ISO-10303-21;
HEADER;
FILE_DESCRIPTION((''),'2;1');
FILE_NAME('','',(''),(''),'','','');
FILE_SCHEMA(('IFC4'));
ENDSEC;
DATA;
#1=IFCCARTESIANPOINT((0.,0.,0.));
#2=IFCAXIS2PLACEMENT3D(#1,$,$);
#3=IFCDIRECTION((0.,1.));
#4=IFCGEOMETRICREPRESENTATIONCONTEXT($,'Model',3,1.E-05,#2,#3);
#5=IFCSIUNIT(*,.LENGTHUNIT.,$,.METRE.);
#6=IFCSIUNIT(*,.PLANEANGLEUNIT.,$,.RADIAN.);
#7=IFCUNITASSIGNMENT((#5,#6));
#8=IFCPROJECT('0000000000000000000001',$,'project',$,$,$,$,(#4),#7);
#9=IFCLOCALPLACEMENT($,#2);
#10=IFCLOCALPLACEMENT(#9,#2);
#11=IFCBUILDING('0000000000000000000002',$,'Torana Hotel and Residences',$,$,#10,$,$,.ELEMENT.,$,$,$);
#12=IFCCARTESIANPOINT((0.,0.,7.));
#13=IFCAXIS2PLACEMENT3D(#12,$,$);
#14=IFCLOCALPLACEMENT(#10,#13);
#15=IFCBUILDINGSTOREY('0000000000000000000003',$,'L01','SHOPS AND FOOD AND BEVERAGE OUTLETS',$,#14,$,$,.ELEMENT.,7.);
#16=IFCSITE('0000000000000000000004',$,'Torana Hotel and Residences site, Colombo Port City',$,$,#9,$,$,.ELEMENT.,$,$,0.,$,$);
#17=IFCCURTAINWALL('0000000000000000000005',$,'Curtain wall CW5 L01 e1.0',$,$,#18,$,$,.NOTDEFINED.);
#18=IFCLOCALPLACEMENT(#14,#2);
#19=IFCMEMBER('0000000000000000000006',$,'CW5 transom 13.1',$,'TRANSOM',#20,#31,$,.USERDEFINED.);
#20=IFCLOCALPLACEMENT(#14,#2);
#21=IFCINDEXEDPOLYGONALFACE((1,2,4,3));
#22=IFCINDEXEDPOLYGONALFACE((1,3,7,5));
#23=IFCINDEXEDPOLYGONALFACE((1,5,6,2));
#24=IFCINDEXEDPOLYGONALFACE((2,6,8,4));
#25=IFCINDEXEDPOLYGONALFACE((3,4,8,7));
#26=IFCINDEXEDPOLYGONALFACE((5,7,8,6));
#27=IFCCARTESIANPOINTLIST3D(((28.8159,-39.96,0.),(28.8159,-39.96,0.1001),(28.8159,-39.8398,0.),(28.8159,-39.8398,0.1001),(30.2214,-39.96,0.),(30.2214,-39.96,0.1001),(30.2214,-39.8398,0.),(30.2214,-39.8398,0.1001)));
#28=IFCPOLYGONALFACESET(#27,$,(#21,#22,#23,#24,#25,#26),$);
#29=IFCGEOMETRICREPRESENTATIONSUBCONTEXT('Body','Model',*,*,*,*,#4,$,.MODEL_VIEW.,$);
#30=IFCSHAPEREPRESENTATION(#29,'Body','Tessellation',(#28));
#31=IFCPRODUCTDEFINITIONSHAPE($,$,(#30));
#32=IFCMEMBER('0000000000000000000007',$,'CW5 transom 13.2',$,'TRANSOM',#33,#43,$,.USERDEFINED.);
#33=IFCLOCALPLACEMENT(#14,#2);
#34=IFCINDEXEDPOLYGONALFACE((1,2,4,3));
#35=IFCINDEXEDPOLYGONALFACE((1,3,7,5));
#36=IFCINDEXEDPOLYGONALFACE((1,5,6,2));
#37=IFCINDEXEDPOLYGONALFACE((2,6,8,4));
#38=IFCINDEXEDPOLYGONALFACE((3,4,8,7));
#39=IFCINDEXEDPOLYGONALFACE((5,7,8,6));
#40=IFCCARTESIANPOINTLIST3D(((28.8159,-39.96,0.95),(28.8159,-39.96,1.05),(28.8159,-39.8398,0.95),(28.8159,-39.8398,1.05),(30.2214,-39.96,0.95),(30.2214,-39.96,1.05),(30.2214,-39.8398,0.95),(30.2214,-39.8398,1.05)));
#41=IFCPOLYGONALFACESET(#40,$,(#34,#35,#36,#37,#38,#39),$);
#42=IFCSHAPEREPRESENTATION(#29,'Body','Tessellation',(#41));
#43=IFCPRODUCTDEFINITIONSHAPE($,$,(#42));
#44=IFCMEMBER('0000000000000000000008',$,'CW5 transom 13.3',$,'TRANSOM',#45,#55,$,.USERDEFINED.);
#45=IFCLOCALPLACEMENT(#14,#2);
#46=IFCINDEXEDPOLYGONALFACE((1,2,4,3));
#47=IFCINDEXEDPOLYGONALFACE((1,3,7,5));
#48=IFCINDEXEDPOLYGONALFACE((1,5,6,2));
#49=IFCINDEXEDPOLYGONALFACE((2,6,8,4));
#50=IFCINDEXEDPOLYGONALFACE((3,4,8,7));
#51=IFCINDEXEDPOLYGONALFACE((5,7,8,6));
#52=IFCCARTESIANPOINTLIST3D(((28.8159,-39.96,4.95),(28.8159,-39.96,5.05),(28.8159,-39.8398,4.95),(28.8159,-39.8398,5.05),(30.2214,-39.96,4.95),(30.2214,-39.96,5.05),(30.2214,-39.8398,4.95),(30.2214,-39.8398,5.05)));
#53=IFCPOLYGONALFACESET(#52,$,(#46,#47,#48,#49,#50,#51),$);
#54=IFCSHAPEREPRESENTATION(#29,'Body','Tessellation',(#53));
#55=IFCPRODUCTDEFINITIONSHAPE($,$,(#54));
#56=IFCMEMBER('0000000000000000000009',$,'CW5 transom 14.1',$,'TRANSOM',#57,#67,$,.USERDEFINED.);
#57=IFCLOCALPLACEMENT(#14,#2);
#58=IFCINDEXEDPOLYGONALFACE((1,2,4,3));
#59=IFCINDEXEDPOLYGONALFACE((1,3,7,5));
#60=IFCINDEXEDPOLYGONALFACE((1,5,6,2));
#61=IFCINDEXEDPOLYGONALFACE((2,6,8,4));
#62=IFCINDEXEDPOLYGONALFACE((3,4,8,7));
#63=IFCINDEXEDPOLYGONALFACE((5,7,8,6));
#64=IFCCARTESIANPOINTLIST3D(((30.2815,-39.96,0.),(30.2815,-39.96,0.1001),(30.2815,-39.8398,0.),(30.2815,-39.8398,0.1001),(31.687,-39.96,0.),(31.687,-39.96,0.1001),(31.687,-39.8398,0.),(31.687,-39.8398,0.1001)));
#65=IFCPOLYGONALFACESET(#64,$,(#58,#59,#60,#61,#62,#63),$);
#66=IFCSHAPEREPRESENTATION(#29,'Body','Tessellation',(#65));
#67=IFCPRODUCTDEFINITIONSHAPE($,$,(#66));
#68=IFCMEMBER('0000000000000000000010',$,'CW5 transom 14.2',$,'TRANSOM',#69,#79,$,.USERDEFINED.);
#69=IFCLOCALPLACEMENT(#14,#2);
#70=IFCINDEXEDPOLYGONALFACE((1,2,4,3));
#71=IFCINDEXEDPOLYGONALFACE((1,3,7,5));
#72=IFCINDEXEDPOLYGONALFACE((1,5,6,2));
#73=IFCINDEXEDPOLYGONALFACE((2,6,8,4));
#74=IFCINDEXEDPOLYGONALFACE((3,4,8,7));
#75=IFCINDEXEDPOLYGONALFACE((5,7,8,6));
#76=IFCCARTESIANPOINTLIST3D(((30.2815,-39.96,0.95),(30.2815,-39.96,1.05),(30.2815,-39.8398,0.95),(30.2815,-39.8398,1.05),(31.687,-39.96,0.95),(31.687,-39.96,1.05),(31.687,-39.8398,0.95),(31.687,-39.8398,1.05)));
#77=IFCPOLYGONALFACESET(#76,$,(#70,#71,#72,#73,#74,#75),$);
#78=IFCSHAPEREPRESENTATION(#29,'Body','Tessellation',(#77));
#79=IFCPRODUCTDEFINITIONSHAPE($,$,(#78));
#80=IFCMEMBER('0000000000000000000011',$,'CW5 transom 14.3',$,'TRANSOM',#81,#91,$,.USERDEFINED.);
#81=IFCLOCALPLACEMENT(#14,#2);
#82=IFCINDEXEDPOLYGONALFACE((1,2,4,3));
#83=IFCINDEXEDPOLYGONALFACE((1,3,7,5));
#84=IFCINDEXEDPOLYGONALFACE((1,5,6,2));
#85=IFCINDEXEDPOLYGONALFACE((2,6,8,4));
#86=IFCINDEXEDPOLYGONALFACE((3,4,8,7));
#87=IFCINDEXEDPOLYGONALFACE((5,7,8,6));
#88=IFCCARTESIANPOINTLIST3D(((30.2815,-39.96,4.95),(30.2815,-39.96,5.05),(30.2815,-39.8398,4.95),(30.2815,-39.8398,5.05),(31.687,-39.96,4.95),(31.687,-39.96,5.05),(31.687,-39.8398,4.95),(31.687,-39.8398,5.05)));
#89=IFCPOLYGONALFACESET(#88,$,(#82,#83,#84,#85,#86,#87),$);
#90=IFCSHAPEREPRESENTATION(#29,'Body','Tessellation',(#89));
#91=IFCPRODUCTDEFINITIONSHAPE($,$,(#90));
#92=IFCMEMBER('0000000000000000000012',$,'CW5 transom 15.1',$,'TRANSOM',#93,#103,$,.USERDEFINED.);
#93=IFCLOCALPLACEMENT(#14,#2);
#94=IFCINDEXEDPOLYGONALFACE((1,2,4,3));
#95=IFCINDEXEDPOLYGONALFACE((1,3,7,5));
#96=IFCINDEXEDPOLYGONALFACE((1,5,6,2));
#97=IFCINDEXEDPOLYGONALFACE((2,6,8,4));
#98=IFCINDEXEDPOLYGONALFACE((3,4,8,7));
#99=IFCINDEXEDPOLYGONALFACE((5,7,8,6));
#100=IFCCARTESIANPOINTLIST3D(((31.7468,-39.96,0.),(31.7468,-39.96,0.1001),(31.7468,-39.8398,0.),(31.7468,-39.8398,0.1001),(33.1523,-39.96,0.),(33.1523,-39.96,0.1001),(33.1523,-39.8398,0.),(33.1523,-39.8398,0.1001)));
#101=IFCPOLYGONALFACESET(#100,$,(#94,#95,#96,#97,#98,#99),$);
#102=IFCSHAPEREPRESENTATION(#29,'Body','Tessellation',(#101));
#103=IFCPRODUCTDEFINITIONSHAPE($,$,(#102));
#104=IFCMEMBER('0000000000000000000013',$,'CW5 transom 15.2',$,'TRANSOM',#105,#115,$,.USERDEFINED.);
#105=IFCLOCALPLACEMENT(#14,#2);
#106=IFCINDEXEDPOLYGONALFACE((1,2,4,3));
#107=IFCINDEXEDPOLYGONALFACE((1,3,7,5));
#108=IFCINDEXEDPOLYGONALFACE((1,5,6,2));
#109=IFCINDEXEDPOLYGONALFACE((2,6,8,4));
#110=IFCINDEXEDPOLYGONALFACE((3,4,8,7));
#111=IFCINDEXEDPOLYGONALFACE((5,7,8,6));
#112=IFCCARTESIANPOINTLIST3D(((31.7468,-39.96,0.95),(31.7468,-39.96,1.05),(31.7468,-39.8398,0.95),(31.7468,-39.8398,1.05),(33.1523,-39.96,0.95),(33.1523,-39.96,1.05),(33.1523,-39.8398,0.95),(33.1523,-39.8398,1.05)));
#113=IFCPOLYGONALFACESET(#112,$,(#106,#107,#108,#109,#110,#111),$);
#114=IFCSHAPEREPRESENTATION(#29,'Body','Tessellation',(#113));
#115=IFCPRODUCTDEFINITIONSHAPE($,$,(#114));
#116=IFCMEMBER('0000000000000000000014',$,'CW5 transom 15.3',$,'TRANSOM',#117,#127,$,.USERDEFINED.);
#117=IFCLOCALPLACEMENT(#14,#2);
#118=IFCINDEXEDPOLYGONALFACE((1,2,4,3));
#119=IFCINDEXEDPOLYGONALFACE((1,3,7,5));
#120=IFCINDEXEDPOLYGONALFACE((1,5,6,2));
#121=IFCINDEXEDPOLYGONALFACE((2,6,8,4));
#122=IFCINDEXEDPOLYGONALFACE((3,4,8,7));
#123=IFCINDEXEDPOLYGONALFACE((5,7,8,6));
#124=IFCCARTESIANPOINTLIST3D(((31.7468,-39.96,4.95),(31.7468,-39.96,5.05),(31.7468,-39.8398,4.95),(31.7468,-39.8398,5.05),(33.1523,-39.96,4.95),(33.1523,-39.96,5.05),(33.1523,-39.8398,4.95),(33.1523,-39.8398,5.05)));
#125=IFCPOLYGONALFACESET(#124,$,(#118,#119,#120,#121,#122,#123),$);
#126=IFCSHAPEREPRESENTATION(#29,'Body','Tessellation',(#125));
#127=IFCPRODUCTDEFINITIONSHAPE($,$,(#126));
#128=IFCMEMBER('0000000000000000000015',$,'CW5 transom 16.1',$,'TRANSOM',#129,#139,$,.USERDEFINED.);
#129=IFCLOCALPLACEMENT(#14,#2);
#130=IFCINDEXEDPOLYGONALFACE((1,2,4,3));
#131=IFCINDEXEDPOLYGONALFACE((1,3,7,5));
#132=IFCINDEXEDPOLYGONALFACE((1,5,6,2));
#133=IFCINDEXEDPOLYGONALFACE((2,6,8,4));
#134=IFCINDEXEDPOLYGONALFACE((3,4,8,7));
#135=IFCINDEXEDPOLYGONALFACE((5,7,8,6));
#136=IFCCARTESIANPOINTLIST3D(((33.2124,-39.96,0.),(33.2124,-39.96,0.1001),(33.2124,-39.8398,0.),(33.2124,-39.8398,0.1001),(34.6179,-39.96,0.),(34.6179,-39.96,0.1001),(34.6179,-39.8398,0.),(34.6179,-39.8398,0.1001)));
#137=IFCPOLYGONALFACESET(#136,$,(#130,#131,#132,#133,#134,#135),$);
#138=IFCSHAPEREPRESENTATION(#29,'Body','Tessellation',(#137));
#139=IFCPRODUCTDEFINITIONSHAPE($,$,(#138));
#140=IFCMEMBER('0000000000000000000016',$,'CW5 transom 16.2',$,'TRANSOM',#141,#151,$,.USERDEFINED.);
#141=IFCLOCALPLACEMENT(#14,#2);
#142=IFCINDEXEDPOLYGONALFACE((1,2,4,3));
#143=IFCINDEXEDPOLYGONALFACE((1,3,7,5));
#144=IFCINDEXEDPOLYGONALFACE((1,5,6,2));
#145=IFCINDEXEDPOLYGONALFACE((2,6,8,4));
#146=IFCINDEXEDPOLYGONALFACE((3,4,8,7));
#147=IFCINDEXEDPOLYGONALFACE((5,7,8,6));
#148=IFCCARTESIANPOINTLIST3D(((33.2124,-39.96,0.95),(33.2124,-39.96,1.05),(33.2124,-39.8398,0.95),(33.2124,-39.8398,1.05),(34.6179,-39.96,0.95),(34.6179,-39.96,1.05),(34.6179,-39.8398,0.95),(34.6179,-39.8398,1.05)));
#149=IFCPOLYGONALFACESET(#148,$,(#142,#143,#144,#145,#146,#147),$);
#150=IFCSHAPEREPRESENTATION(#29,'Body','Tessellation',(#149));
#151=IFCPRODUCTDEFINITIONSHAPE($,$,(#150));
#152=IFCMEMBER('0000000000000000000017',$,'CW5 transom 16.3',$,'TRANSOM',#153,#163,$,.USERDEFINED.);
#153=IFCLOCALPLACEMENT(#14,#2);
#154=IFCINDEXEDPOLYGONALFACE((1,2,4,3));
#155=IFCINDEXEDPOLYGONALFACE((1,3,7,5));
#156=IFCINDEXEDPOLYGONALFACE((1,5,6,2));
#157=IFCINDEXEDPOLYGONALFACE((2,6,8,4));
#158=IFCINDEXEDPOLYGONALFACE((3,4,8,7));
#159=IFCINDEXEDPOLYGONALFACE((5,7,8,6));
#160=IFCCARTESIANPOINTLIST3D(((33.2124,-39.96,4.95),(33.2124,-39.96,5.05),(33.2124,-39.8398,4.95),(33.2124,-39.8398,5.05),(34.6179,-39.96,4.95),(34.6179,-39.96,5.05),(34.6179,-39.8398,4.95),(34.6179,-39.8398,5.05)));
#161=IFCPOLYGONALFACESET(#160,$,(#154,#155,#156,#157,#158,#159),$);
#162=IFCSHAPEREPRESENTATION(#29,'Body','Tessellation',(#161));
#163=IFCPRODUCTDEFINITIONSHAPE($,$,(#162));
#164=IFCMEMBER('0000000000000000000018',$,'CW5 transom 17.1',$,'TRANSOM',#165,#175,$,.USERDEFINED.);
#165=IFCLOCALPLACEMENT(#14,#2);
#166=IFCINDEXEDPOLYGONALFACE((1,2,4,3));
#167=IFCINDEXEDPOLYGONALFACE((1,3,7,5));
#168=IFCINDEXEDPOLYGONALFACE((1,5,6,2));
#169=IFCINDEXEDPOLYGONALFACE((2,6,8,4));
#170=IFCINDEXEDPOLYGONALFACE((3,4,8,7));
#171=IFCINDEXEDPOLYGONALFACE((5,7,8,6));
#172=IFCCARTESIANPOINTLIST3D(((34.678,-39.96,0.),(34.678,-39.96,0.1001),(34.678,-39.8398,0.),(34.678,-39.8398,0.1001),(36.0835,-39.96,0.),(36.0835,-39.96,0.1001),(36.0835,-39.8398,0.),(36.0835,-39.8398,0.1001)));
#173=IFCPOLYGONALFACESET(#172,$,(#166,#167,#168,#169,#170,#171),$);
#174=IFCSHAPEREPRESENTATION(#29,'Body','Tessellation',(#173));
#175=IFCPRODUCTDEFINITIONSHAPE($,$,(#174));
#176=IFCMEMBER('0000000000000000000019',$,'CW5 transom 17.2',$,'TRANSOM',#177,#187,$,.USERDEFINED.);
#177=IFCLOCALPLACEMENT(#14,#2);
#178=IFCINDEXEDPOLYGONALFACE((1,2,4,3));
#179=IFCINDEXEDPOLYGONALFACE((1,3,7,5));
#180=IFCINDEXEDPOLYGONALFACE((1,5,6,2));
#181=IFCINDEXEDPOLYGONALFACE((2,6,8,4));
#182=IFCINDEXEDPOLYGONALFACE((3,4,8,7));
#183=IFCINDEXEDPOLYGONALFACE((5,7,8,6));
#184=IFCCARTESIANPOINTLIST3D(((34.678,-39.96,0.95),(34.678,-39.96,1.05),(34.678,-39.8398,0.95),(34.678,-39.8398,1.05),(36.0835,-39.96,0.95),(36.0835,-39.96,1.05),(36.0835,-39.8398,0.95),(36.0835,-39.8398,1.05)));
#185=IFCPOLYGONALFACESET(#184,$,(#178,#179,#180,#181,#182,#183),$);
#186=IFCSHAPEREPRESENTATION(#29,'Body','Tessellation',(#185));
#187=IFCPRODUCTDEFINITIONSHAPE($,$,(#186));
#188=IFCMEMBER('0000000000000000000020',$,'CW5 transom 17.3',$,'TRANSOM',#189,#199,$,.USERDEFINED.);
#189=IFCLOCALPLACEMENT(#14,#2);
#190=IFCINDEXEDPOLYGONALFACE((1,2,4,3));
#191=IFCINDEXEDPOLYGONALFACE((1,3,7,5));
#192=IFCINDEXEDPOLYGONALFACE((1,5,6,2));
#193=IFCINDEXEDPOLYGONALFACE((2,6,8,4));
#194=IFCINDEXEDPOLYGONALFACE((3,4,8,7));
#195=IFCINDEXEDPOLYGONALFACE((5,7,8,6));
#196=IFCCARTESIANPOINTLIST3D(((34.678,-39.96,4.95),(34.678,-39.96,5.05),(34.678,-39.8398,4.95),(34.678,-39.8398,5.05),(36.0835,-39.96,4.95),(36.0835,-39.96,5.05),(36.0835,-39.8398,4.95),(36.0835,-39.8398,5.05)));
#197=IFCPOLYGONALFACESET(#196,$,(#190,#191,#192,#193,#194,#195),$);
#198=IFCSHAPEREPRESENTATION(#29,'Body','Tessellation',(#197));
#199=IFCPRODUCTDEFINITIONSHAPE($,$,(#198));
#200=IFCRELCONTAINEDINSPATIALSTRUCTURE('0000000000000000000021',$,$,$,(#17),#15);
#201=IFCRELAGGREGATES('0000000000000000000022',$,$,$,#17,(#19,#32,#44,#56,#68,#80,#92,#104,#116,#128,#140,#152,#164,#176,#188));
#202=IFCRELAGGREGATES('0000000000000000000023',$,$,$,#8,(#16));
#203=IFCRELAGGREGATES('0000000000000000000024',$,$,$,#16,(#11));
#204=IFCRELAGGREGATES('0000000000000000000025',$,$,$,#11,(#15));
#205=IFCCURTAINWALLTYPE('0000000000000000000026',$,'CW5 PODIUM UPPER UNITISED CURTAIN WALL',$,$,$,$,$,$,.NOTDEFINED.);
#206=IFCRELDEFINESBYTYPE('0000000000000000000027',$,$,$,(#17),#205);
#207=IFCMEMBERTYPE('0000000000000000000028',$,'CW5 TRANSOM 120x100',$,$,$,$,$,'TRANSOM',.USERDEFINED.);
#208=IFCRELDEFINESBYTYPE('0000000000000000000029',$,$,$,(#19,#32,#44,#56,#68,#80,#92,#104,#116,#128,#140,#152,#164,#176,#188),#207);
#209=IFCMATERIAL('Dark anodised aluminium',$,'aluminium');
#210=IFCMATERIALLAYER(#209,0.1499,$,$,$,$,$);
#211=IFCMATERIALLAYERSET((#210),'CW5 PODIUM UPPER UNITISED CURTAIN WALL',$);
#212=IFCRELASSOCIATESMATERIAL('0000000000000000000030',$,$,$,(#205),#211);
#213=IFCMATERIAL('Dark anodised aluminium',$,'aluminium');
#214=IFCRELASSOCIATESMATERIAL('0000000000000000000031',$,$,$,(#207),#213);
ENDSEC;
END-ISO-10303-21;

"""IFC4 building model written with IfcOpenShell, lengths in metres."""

from ifc_helpers import new_model, si_unit, direction, frame, origin, origin_2d, place, context, subcontext, project, spatial, rectangle, extrude, material, layer, layer_set, material_profile, profile_set, type_object, element, aggregate, save


model = new_model("IFC4")

# Units and contexts
model_context = context("Model", 3, precision=1e-05, world=origin(), true_north=direction((0.0, 1.0)))
body_context = subcontext(model_context, "Body", "Model", "MODEL_VIEW")
ifc_project = project(units=[si_unit("LENGTHUNIT", "METRE"), si_unit("PLANEANGLEUNIT", "RADIAN")], contexts=[model_context])

# Site, building, storey
site_placement = place(None, origin())
site = spatial("IfcSite", under=ifc_project, at=site_placement, Name="Torana Hotel and Residences site, Colombo Port City", CompositionType="ELEMENT", RefElevation=0.0)
building_placement = place(site_placement, origin())
building = spatial("IfcBuilding", under=site, at=building_placement, Name="Torana Hotel and Residences", CompositionType="ELEMENT")
storey_placement = place(building_placement, frame((0.0, 0.0, 7.0)))
storey = spatial("IfcBuildingStorey", under=building, at=storey_placement, Name="L01", Description="SHOPS AND FOOD AND BEVERAGE OUTLETS", CompositionType="ELEMENT", Elevation=7.0)

# Curtain wall, members
ifc_material_1 = material(Name="Dark anodised aluminium", Category="aluminium")
ifc_layer_1 = layer(ifc_material_1, 0.1499)
ifc_layer_set_1 = layer_set([ifc_layer_1], Name="CW5 PODIUM UPPER UNITISED CURTAIN WALL")
curtain_wall_type = type_object("IfcCurtainWallType", Name="CW5 PODIUM UPPER UNITISED CURTAIN WALL", PredefinedType="NOTDEFINED", material=ifc_layer_set_1)
curtain_wall_placement = place(storey_placement, origin())
curtain_wall = element("IfcCurtainWall", 1, at=curtain_wall_placement, inside=storey, type_object=curtain_wall_type, Name="Curtain wall CW5 L01 e1.0", PredefinedType="NOTDEFINED")
ifc_material_2 = material(Name="Dark anodised aluminium", Category="aluminium")
ifc_material_profile_1 = material_profile(ifc_material_2, rectangle(XDim=0.1201, YDim=0.1001, at=origin_2d()), Name="CW5 TRANSOM 120x100")
ifc_profile_set_1 = profile_set([ifc_material_profile_1], Name="Dark anodised aluminium")
member_type_1 = type_object("IfcMemberType", Name="CW5 TRANSOM 120x100", ElementType="TRANSOM", PredefinedType="USERDEFINED", material=ifc_profile_set_1)
member_1_placement = place(storey_placement, frame((28.8159, -39.8999, 0.05), z_axis=(1.0, 0.0, 0.0), x_axis=(0.0, 1.0, 0.0)))
member_1 = element("IfcMember", 2, at=member_1_placement, type_object=member_type_1, Name="CW5 transom 13.1", ObjectType="TRANSOM", PredefinedType="USERDEFINED", context=body_context, shape_type="SweptSolid", body=[
    extrude(rectangle(XDim=0.1201, YDim=0.1001, at=origin_2d()), origin(), (0.0, 0.0, 1.0), 1.4055),
])
member_2_placement = place(storey_placement, frame((28.8159, -39.8999, 1.0), z_axis=(1.0, 0.0, 0.0), x_axis=(0.0, 1.0, 0.0)))
member_2 = element("IfcMember", 3, at=member_2_placement, type_object=member_type_1, Name="CW5 transom 13.2", ObjectType="TRANSOM", PredefinedType="USERDEFINED", context=body_context, shape_type="SweptSolid", body=[
    extrude(rectangle(XDim=0.1201, YDim=0.1001, at=origin_2d()), origin(), (0.0, 0.0, 1.0), 1.4055),
])
member_3_placement = place(storey_placement, frame((28.8159, -39.8999, 5.0), z_axis=(1.0, 0.0, 0.0), x_axis=(0.0, 1.0, 0.0)))
member_3 = element("IfcMember", 4, at=member_3_placement, type_object=member_type_1, Name="CW5 transom 13.3", ObjectType="TRANSOM", PredefinedType="USERDEFINED", context=body_context, shape_type="SweptSolid", body=[
    extrude(rectangle(XDim=0.1201, YDim=0.1001, at=origin_2d()), origin(), (0.0, 0.0, 1.0), 1.4055),
])
member_4_placement = place(storey_placement, frame((30.2815, -39.8999, 0.05), z_axis=(1.0, 0.0, 0.0), x_axis=(0.0, 1.0, 0.0)))
member_4 = element("IfcMember", 5, at=member_4_placement, type_object=member_type_1, Name="CW5 transom 14.1", ObjectType="TRANSOM", PredefinedType="USERDEFINED", context=body_context, shape_type="SweptSolid", body=[
    extrude(rectangle(XDim=0.1201, YDim=0.1001, at=origin_2d()), origin(), (0.0, 0.0, 1.0), 1.4055),
])
member_5_placement = place(storey_placement, frame((30.2815, -39.8999, 1.0), z_axis=(1.0, 0.0, 0.0), x_axis=(0.0, 1.0, 0.0)))
member_5 = element("IfcMember", 6, at=member_5_placement, type_object=member_type_1, Name="CW5 transom 14.2", ObjectType="TRANSOM", PredefinedType="USERDEFINED", context=body_context, shape_type="SweptSolid", body=[
    extrude(rectangle(XDim=0.1201, YDim=0.1001, at=origin_2d()), origin(), (0.0, 0.0, 1.0), 1.4055),
])
member_6_placement = place(storey_placement, frame((30.2815, -39.8999, 5.0), z_axis=(1.0, 0.0, 0.0), x_axis=(0.0, 1.0, 0.0)))
member_6 = element("IfcMember", 7, at=member_6_placement, type_object=member_type_1, Name="CW5 transom 14.3", ObjectType="TRANSOM", PredefinedType="USERDEFINED", context=body_context, shape_type="SweptSolid", body=[
    extrude(rectangle(XDim=0.1201, YDim=0.1001, at=origin_2d()), origin(), (0.0, 0.0, 1.0), 1.4055),
])
member_7_placement = place(storey_placement, frame((31.7468, -39.8999, 0.05), z_axis=(1.0, 0.0, 0.0), x_axis=(0.0, 1.0, 0.0)))
member_7 = element("IfcMember", 8, at=member_7_placement, type_object=member_type_1, Name="CW5 transom 15.1", ObjectType="TRANSOM", PredefinedType="USERDEFINED", context=body_context, shape_type="SweptSolid", body=[
    extrude(rectangle(XDim=0.1201, YDim=0.1001, at=origin_2d()), origin(), (0.0, 0.0, 1.0), 1.4055),
])
member_8_placement = place(storey_placement, frame((31.7468, -39.8999, 1.0), z_axis=(1.0, 0.0, 0.0), x_axis=(0.0, 1.0, 0.0)))
member_8 = element("IfcMember", 9, at=member_8_placement, type_object=member_type_1, Name="CW5 transom 15.2", ObjectType="TRANSOM", PredefinedType="USERDEFINED", context=body_context, shape_type="SweptSolid", body=[
    extrude(rectangle(XDim=0.1201, YDim=0.1001, at=origin_2d()), origin(), (0.0, 0.0, 1.0), 1.4055),
])
member_9_placement = place(storey_placement, frame((31.7468, -39.8999, 5.0), z_axis=(1.0, 0.0, 0.0), x_axis=(0.0, 1.0, 0.0)))
member_9 = element("IfcMember", 10, at=member_9_placement, type_object=member_type_1, Name="CW5 transom 15.3", ObjectType="TRANSOM", PredefinedType="USERDEFINED", context=body_context, shape_type="SweptSolid", body=[
    extrude(rectangle(XDim=0.1201, YDim=0.1001, at=origin_2d()), origin(), (0.0, 0.0, 1.0), 1.4055),
])
member_10_placement = place(storey_placement, frame((33.2124, -39.8999, 0.05), z_axis=(1.0, 0.0, 0.0), x_axis=(0.0, 1.0, 0.0)))
member_10 = element("IfcMember", 11, at=member_10_placement, type_object=member_type_1, Name="CW5 transom 16.1", ObjectType="TRANSOM", PredefinedType="USERDEFINED", context=body_context, shape_type="SweptSolid", body=[
    extrude(rectangle(XDim=0.1201, YDim=0.1001, at=origin_2d()), origin(), (0.0, 0.0, 1.0), 1.4055),
])
member_11_placement = place(storey_placement, frame((33.2124, -39.8999, 1.0), z_axis=(1.0, 0.0, 0.0), x_axis=(0.0, 1.0, 0.0)))
member_11 = element("IfcMember", 12, at=member_11_placement, type_object=member_type_1, Name="CW5 transom 16.2", ObjectType="TRANSOM", PredefinedType="USERDEFINED", context=body_context, shape_type="SweptSolid", body=[
    extrude(rectangle(XDim=0.1201, YDim=0.1001, at=origin_2d()), origin(), (0.0, 0.0, 1.0), 1.4055),
])
member_12_placement = place(storey_placement, frame((33.2124, -39.8999, 5.0), z_axis=(1.0, 0.0, 0.0), x_axis=(0.0, 1.0, 0.0)))
member_12 = element("IfcMember", 13, at=member_12_placement, type_object=member_type_1, Name="CW5 transom 16.3", ObjectType="TRANSOM", PredefinedType="USERDEFINED", context=body_context, shape_type="SweptSolid", body=[
    extrude(rectangle(XDim=0.1201, YDim=0.1001, at=origin_2d()), origin(), (0.0, 0.0, 1.0), 1.4055),
])
member_13_placement = place(storey_placement, frame((34.678, -39.8999, 0.05), z_axis=(1.0, 0.0, 0.0), x_axis=(0.0, 1.0, 0.0)))
member_13 = element("IfcMember", 14, at=member_13_placement, type_object=member_type_1, Name="CW5 transom 17.1", ObjectType="TRANSOM", PredefinedType="USERDEFINED", context=body_context, shape_type="SweptSolid", body=[
    extrude(rectangle(XDim=0.1201, YDim=0.1001, at=origin_2d()), origin(), (0.0, 0.0, 1.0), 1.4055),
])
member_14_placement = place(storey_placement, frame((34.678, -39.8999, 1.0), z_axis=(1.0, 0.0, 0.0), x_axis=(0.0, 1.0, 0.0)))
member_14 = element("IfcMember", 15, at=member_14_placement, type_object=member_type_1, Name="CW5 transom 17.2", ObjectType="TRANSOM", PredefinedType="USERDEFINED", context=body_context, shape_type="SweptSolid", body=[
    extrude(rectangle(XDim=0.1201, YDim=0.1001, at=origin_2d()), origin(), (0.0, 0.0, 1.0), 1.4055),
])
member_15_placement = place(storey_placement, frame((34.678, -39.8999, 5.0), z_axis=(1.0, 0.0, 0.0), x_axis=(0.0, 1.0, 0.0)))
member_15 = element("IfcMember", 16, at=member_15_placement, type_object=member_type_1, Name="CW5 transom 17.3", ObjectType="TRANSOM", PredefinedType="USERDEFINED", context=body_context, shape_type="SweptSolid", body=[
    extrude(rectangle(XDim=0.1201, YDim=0.1001, at=origin_2d()), origin(), (0.0, 0.0, 1.0), 1.4055),
])
aggregate(curtain_wall, [member_1, member_2, member_3, member_4, member_5, member_6, member_7, member_8, member_9, member_10, member_11, member_12, member_13, member_14, member_15])

save(model, "model.ifc")
